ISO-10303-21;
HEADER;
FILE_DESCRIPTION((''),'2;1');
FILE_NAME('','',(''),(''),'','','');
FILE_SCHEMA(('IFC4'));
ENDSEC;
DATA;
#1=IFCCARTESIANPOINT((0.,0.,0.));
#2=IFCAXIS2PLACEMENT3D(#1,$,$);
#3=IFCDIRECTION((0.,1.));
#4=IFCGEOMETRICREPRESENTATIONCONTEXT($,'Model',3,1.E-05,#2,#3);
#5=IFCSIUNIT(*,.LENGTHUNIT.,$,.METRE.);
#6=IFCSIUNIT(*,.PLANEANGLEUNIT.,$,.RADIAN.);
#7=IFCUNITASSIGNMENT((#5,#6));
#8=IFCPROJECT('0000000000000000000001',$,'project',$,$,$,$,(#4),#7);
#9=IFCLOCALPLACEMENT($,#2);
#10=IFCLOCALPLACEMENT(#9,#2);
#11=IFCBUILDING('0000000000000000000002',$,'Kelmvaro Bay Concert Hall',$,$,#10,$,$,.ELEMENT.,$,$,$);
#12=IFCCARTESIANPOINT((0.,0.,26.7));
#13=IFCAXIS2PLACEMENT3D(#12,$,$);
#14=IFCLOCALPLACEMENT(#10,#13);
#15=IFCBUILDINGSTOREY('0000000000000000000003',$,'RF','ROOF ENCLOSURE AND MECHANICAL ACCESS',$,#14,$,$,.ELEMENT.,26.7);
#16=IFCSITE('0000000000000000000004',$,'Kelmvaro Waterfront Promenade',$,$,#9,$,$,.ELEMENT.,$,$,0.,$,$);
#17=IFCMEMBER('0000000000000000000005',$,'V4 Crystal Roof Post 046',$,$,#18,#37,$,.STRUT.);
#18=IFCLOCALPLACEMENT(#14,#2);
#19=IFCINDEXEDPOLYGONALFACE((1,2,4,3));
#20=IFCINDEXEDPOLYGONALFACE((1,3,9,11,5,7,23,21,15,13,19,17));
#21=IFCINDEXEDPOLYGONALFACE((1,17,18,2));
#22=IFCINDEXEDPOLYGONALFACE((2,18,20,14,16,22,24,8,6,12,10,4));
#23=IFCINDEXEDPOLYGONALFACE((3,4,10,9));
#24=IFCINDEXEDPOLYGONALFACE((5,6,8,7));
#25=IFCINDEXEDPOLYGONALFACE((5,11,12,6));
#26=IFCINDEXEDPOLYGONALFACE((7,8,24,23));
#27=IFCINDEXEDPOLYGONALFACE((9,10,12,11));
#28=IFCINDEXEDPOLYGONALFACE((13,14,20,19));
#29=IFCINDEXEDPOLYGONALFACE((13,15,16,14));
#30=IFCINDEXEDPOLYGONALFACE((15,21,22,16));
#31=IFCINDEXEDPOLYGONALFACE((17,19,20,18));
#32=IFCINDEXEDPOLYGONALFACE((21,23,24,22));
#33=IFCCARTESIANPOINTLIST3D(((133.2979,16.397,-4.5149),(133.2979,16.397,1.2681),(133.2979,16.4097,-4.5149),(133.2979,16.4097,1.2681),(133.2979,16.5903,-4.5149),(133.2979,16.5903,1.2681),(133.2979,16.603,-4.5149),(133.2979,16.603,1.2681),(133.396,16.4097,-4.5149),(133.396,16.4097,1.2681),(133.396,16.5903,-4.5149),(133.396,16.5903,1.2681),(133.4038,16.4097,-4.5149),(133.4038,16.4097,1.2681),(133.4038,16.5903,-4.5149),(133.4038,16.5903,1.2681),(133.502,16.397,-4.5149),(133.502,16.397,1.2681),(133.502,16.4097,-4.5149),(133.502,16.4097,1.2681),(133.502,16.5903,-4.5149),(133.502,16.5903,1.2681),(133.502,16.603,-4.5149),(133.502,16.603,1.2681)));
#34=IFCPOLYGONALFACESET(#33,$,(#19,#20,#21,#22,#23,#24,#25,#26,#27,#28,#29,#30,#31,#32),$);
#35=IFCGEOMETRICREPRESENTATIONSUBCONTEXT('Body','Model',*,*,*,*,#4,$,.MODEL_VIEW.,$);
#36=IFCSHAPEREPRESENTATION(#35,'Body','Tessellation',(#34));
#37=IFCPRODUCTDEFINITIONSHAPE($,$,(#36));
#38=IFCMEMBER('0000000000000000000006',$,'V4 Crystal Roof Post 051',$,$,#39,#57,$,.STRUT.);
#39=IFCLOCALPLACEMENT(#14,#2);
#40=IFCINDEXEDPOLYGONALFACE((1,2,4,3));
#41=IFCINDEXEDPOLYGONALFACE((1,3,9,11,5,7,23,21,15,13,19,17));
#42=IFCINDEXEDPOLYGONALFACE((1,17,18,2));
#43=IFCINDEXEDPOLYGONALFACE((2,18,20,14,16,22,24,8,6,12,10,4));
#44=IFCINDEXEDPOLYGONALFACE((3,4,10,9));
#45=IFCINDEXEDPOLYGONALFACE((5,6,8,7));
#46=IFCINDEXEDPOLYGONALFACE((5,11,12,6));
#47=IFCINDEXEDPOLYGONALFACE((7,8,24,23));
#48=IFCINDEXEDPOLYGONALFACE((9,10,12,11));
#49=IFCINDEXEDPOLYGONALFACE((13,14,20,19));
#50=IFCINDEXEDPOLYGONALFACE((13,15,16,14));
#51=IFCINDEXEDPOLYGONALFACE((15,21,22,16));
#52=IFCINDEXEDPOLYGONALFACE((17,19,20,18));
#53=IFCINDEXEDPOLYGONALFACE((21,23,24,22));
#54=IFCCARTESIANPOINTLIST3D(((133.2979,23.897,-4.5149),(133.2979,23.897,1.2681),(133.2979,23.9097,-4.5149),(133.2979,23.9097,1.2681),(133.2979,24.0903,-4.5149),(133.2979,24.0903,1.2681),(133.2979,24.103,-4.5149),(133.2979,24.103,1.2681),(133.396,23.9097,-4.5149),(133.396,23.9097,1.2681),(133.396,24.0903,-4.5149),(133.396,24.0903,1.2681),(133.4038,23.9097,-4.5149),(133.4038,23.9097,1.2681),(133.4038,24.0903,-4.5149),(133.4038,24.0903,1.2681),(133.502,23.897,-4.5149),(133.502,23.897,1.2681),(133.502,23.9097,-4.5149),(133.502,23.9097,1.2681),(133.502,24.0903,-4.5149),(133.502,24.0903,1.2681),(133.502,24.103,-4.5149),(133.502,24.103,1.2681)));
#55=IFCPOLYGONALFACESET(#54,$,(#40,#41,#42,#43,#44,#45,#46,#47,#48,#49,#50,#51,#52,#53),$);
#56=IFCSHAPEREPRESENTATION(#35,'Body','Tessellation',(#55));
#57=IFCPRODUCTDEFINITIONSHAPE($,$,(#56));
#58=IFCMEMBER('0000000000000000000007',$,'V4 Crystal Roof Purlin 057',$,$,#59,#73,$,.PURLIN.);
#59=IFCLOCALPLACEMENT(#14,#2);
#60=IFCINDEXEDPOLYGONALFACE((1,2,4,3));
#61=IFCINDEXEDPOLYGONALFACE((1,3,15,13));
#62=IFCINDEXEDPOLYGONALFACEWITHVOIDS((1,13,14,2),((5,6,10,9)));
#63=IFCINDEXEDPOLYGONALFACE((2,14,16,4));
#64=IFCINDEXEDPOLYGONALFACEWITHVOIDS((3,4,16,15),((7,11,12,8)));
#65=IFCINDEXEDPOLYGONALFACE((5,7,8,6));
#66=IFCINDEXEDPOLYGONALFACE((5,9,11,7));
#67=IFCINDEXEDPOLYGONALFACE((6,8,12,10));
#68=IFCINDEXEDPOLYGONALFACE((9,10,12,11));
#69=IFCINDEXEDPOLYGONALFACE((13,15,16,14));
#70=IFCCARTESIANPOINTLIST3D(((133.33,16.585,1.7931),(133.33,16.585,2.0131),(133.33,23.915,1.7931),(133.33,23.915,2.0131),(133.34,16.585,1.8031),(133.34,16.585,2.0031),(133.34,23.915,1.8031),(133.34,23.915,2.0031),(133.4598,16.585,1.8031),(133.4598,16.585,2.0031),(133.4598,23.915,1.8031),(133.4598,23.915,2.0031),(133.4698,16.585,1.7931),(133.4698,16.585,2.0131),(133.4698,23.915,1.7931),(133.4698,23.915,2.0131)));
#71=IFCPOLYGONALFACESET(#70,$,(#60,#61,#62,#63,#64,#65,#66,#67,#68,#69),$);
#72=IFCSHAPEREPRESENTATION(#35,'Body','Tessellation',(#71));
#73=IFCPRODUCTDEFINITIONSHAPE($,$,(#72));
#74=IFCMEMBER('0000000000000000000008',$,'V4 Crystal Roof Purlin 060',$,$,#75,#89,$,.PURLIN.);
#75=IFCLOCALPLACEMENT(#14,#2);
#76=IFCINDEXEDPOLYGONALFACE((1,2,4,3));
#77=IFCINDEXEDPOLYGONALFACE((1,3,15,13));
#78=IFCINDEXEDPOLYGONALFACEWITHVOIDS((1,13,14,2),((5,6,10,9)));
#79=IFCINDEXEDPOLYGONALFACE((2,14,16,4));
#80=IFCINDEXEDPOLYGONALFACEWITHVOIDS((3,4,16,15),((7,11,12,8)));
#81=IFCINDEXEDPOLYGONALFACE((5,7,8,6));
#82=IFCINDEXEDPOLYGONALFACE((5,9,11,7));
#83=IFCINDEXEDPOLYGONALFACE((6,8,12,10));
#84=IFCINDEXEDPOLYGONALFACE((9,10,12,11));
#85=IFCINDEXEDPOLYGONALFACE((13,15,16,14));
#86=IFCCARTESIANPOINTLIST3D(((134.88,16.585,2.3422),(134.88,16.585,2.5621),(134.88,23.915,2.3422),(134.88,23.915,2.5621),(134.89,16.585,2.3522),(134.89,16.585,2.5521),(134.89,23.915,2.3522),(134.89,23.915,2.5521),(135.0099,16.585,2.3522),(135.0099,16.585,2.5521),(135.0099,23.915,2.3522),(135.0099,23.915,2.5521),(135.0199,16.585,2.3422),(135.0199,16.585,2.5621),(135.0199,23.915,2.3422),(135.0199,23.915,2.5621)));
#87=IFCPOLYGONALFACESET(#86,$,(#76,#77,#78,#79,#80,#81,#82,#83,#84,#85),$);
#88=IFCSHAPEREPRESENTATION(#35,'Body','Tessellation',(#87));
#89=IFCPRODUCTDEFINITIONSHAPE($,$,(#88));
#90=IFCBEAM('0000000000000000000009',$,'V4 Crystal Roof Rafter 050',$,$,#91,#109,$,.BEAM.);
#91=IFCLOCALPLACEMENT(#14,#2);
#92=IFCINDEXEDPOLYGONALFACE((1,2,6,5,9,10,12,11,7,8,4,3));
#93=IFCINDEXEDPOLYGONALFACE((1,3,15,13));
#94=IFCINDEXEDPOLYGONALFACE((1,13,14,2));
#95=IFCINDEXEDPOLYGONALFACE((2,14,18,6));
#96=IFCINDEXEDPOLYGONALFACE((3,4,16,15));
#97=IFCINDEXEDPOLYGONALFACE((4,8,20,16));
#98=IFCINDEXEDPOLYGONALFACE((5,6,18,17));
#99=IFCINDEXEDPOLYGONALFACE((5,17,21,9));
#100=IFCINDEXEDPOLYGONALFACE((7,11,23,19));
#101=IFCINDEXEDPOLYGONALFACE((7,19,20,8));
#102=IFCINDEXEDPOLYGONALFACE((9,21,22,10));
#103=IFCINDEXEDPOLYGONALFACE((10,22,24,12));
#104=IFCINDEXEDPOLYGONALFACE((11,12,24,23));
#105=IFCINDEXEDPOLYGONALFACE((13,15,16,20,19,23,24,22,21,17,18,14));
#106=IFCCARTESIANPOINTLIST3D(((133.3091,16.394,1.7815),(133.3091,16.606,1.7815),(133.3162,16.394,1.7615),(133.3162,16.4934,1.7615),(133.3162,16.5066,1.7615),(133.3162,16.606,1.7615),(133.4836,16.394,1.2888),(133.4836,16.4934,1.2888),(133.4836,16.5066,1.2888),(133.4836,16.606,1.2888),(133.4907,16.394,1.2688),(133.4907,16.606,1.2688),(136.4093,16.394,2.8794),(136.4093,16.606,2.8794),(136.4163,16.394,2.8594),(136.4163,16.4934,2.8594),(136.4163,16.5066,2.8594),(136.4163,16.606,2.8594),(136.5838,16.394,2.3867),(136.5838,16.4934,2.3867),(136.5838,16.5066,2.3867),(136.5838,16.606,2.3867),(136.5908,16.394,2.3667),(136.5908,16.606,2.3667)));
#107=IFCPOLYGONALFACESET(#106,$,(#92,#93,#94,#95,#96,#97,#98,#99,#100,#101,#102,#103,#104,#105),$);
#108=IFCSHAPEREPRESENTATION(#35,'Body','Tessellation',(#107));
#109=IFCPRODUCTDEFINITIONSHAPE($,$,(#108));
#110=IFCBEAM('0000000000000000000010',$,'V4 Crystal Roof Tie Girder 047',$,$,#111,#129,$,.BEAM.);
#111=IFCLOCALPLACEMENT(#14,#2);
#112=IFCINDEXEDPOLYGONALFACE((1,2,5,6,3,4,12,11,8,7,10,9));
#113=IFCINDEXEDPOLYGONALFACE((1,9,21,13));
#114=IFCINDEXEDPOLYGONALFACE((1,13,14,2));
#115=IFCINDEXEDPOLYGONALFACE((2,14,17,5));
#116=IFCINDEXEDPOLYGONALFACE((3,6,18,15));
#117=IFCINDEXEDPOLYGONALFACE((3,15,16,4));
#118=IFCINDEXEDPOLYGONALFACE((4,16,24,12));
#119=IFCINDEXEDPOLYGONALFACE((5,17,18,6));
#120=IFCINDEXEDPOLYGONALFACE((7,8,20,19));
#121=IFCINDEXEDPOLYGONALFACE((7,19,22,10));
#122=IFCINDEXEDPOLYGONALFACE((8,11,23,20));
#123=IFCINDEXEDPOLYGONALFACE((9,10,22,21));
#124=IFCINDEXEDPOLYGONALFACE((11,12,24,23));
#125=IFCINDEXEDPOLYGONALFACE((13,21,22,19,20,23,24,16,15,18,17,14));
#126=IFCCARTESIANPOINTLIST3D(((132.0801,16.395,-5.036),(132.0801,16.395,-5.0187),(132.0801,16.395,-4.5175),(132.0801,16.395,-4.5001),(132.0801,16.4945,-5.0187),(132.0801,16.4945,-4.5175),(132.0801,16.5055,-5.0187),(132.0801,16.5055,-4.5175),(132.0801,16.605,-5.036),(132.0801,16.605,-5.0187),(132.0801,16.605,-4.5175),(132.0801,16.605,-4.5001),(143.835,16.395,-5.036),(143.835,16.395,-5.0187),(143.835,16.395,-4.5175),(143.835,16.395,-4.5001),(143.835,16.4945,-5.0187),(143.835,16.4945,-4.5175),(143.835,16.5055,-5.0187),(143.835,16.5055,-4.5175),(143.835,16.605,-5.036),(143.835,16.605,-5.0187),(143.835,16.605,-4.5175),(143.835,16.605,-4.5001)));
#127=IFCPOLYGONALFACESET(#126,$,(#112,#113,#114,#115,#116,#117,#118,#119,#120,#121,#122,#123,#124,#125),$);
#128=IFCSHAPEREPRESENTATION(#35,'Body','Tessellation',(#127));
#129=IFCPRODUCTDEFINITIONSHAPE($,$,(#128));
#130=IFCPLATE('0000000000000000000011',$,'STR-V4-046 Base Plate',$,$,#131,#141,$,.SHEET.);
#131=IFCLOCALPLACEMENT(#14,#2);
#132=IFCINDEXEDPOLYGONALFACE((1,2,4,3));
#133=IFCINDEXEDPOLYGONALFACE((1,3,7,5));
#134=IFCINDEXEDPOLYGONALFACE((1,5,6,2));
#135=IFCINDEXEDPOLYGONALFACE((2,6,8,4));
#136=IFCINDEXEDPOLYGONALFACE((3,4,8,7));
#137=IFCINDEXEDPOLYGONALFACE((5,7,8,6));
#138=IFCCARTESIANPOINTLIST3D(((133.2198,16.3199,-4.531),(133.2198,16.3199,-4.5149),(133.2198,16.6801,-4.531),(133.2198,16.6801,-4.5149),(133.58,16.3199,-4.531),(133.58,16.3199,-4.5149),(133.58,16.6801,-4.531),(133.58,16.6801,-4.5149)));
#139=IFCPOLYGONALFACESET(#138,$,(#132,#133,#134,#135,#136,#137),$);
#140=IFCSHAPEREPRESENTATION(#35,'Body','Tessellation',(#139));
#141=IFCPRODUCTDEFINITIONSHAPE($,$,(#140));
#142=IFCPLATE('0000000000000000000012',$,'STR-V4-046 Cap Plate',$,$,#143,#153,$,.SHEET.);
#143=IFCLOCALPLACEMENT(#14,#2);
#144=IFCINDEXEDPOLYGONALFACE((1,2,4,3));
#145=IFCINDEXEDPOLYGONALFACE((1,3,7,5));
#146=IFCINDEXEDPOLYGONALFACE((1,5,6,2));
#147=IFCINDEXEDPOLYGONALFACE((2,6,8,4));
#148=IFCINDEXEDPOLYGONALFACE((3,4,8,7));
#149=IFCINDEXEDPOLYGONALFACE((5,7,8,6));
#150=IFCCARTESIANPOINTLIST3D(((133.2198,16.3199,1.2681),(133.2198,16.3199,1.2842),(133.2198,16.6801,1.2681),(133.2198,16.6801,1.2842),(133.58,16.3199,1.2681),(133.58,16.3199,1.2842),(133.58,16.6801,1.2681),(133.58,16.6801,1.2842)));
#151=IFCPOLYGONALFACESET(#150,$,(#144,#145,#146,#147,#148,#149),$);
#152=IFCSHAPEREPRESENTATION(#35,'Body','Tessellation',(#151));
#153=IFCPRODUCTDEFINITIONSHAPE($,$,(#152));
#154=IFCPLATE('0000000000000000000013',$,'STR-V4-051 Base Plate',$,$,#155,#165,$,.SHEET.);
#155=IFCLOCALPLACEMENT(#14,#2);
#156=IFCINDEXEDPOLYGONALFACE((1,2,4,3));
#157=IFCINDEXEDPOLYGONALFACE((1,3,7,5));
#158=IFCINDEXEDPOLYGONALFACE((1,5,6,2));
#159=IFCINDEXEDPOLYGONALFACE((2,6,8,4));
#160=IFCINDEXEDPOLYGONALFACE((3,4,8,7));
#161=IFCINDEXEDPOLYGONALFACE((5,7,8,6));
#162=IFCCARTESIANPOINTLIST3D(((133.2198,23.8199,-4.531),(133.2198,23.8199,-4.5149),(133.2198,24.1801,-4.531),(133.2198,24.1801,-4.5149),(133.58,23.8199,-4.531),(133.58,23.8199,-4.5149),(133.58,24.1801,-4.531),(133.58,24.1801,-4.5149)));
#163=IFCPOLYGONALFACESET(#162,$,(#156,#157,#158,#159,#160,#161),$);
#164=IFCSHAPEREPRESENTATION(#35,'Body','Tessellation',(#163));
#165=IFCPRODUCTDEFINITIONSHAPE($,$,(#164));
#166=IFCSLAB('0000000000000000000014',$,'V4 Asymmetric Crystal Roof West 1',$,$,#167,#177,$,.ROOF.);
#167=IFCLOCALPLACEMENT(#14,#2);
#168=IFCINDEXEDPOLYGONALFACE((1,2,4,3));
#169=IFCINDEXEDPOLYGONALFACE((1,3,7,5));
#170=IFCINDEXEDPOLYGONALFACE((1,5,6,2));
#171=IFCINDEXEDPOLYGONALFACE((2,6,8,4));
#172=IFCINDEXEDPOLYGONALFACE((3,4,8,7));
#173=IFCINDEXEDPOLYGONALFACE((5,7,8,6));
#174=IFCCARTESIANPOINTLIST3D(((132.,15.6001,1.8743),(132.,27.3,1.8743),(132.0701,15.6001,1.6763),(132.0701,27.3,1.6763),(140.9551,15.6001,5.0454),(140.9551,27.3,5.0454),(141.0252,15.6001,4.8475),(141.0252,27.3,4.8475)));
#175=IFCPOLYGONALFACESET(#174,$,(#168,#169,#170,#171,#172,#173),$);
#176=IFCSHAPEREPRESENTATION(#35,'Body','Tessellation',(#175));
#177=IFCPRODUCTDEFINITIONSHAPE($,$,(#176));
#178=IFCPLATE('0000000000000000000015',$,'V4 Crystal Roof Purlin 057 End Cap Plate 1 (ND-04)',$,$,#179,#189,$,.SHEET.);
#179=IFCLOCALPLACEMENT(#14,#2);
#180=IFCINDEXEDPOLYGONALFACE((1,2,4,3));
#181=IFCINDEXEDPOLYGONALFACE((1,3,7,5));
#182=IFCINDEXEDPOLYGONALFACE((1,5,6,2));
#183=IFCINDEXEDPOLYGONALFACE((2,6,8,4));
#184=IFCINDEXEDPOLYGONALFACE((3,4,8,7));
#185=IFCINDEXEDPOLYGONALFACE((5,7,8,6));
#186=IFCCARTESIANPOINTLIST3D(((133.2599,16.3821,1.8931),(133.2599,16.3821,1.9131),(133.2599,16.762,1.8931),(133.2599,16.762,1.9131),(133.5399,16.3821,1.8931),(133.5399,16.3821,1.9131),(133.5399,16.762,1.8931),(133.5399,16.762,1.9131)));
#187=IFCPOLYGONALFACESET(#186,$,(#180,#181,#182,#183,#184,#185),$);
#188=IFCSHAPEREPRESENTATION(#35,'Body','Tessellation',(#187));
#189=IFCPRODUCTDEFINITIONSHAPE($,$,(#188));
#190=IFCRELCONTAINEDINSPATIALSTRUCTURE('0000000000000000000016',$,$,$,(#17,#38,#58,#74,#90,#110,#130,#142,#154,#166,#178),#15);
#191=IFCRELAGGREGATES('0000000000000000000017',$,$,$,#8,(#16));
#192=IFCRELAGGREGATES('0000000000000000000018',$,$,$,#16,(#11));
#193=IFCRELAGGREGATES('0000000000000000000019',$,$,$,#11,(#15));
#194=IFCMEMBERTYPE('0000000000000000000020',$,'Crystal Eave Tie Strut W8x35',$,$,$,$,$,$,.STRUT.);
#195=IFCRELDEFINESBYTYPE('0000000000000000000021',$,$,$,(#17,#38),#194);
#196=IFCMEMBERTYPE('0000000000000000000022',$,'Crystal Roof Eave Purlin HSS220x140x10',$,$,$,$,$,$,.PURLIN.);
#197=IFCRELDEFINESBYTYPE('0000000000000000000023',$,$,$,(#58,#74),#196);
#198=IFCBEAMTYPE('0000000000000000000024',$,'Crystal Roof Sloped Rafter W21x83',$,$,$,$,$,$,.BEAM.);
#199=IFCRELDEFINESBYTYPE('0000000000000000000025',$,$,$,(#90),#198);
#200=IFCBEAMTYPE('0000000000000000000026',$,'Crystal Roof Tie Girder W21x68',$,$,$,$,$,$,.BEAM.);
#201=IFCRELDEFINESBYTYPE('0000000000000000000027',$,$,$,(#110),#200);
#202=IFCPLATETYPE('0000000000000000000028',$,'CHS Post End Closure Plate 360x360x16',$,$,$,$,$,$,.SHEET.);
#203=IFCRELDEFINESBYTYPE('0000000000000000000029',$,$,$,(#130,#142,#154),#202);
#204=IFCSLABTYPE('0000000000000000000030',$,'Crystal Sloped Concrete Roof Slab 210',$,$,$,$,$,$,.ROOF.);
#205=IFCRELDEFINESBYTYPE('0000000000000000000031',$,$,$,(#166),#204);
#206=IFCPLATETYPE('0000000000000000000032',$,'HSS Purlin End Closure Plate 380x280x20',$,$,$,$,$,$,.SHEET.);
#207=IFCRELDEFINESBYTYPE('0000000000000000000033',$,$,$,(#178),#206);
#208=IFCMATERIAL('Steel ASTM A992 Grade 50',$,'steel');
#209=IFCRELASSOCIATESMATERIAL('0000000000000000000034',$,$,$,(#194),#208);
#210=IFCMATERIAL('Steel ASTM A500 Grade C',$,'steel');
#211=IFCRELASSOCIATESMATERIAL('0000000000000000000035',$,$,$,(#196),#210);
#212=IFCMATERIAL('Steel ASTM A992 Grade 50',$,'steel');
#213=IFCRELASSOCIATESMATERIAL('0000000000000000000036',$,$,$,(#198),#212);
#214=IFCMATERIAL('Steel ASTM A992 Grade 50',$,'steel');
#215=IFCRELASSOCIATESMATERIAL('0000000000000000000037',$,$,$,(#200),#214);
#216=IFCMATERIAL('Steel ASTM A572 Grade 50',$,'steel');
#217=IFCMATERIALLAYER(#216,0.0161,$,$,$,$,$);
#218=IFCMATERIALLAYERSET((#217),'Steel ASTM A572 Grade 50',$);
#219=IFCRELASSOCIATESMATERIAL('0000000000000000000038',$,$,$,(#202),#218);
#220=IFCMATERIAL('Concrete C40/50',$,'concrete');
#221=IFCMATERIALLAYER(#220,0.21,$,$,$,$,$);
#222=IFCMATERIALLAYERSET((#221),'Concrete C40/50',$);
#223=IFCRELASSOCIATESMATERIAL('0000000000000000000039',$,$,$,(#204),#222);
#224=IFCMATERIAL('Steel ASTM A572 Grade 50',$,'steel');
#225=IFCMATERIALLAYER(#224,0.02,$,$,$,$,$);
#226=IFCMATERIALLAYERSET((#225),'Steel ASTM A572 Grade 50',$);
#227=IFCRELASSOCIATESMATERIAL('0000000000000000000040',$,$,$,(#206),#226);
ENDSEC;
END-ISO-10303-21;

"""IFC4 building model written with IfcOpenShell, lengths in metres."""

from ifc_helpers import new_model, si_unit, direction, frame, origin, origin_2d, place, context, subcontext, project, spatial, polyline, rectangle, hollow_rectangle, i_section, outline, extrude, material, layer, layer_set, material_profile, profile_set, type_object, element, save


model = new_model("IFC4")

# Units and contexts
model_context = context("Model", 3, precision=1e-05, world=origin(), true_north=direction((0.0, 1.0)))
body_context = subcontext(model_context, "Body", "Model", "MODEL_VIEW")
ifc_project = project(units=[si_unit("LENGTHUNIT", "METRE"), si_unit("PLANEANGLEUNIT", "RADIAN")], contexts=[model_context])

# Site, building, storey
site_placement = place(None, origin())
site = spatial("IfcSite", under=ifc_project, at=site_placement, Name="Kelmvaro Waterfront Promenade", CompositionType="ELEMENT", RefElevation=0.0)
building_placement = place(site_placement, origin())
building = spatial("IfcBuilding", under=site, at=building_placement, Name="Kelmvaro Bay Concert Hall", CompositionType="ELEMENT")
storey_placement = place(building_placement, frame((0.0, 0.0, 26.7)))
storey = spatial("IfcBuildingStorey", under=building, at=storey_placement, Name="RF", Description="ROOF ENCLOSURE AND MECHANICAL ACCESS", CompositionType="ELEMENT", Elevation=26.7)

# Members
ifc_material_1 = material(Name="Steel ASTM A992 Grade 50", Category="steel")
ifc_material_profile_1 = material_profile(ifc_material_1, i_section(OverallWidth=0.2041, OverallDepth=0.2061, WebThickness=0.0078, FlangeThickness=0.0127, at=origin_2d()), Name="W8X35")
ifc_profile_set_1 = profile_set([ifc_material_profile_1], Name="Steel ASTM A992 Grade 50")
member_type_1 = type_object("IfcMemberType", Name="Crystal Eave Tie Strut W8x35", PredefinedType="STRUT", material=ifc_profile_set_1)
for number, where, z_axis, x_axis, name in (
    (1, (133.3999, 16.5, -4.5149), (0.0, 0.0, 1.0), (1.0, 0.0, 0.0), "V4 Crystal Roof Post 046"),
    (2, (133.3999, 24.0, -4.5149), (0.0, 0.0, 1.0), (1.0, 0.0, 0.0), "V4 Crystal Roof Post 051"),
):
    element("IfcMember", number, at=place(storey_placement, frame(where, z_axis=z_axis, x_axis=x_axis)), inside=storey, type_object=member_type_1, Name=name, PredefinedType="STRUT", context=body_context, shape_type="SweptSolid", body=[
        extrude(i_section(OverallWidth=0.2041, OverallDepth=0.2061, WebThickness=0.0078, FlangeThickness=0.0127, at=origin_2d()), origin(), (0.0, 0.0, 1.0), 5.783),
    ])
ifc_material_2 = material(Name="Steel ASTM A500 Grade C", Category="steel")
ifc_material_profile_2 = material_profile(ifc_material_2, hollow_rectangle(XDim=0.1399, YDim=0.22, WallThickness=0.01, at=origin_2d()), Name="HSS220X140X10")
ifc_profile_set_2 = profile_set([ifc_material_profile_2], Name="Steel ASTM A500 Grade C")
member_type_2 = type_object("IfcMemberType", Name="Crystal Roof Eave Purlin HSS220x140x10", PredefinedType="PURLIN", material=ifc_profile_set_2)
for number, where, z_axis, x_axis, name in (
    (3, (133.3999, 16.585, 1.9031), (0.0, 1.0, 0.0), (-1.0, 0.0, 0.0), "V4 Crystal Roof Purlin 057"),
    (4, (134.95, 16.585, 2.4521), (0.0, 1.0, 0.0), (-1.0, 0.0, 0.0), "V4 Crystal Roof Purlin 060"),
):
    element("IfcMember", number, at=place(storey_placement, frame(where, z_axis=z_axis, x_axis=x_axis)), inside=storey, type_object=member_type_2, Name=name, PredefinedType="PURLIN", context=body_context, shape_type="SweptSolid", body=[
        extrude(hollow_rectangle(XDim=0.1399, YDim=0.22, WallThickness=0.01, at=origin_2d()), origin(), (0.0, 0.0, 1.0), 7.3301),
    ])

# Beams
ifc_material_3 = material(Name="Steel ASTM A992 Grade 50", Category="steel")
ifc_material_profile_3 = material_profile(ifc_material_3, i_section(OverallWidth=0.2119, OverallDepth=0.5439, WebThickness=0.0132, FlangeThickness=0.0212, at=origin_2d()), Name="W21X83")
ifc_profile_set_3 = profile_set([ifc_material_profile_3], Name="Steel ASTM A992 Grade 50")
beam_type_1 = type_object("IfcBeamType", Name="Crystal Roof Sloped Rafter W21x83", PredefinedType="BEAM", material=ifc_profile_set_3)
beam_1_placement = place(storey_placement, frame((133.3999, 16.5, 1.5251), z_axis=(0.942632, 0.0, 0.333833), x_axis=(0.0, 1.0, 0.0)))
element("IfcBeam", 5, at=beam_1_placement, inside=storey, type_object=beam_type_1, Name="V4 Crystal Roof Rafter 050", PredefinedType="BEAM", context=body_context, shape_type="SweptSolid", body=[
    extrude(i_section(OverallWidth=0.2119, OverallDepth=0.5439, WebThickness=0.0132, FlangeThickness=0.0212, at=origin_2d()), origin(), (0.0, 0.0, 1.0), 3.2888),
])
ifc_material_4 = material(Name="Steel ASTM A992 Grade 50", Category="steel")
ifc_material_profile_4 = material_profile(ifc_material_4, i_section(OverallWidth=0.21, OverallDepth=0.5359, WebThickness=0.011, FlangeThickness=0.0173, at=origin_2d()), Name="W21X68")
ifc_profile_set_4 = profile_set([ifc_material_profile_4], Name="Steel ASTM A992 Grade 50")
beam_type_2 = type_object("IfcBeamType", Name="Crystal Roof Tie Girder W21x68", PredefinedType="BEAM", material=ifc_profile_set_4)
beam_2_placement = place(storey_placement, frame((132.0801, 16.5, -4.7681), z_axis=(1.0, 0.0, 0.0), x_axis=(0.0, 1.0, 0.0)))
element("IfcBeam", 6, at=beam_2_placement, inside=storey, type_object=beam_type_2, Name="V4 Crystal Roof Tie Girder 047", PredefinedType="BEAM", context=body_context, shape_type="SweptSolid", body=[
    extrude(i_section(OverallWidth=0.21, OverallDepth=0.5359, WebThickness=0.011, FlangeThickness=0.0173, at=origin_2d()), origin(), (0.0, 0.0, 1.0), 11.7549),
])

# Plates
ifc_material_5 = material(Name="Steel ASTM A572 Grade 50", Category="steel")
ifc_layer_1 = layer(ifc_material_5, 0.0161)
ifc_layer_set_1 = layer_set([ifc_layer_1], Name="Steel ASTM A572 Grade 50")
plate_type_1 = type_object("IfcPlateType", Name="CHS Post End Closure Plate 360x360x16", PredefinedType="SHEET", material=ifc_layer_set_1)
for number, where, z_axis, x_axis, name in (
    (7, (133.3999, 16.5, -4.531), (0.0, 0.0, 1.0), (1.0, 0.0, 0.0), "STR-V4-046 Base Plate"),
    (8, (133.3999, 16.5, 1.2681), (0.0, 0.0, 1.0), (1.0, 0.0, 0.0), "STR-V4-046 Cap Plate"),
    (9, (133.3999, 24.0, -4.531), (0.0, 0.0, 1.0), (1.0, 0.0, 0.0), "STR-V4-051 Base Plate"),
):
    element("IfcPlate", number, at=place(storey_placement, frame(where, z_axis=z_axis, x_axis=x_axis)), inside=storey, type_object=plate_type_1, Name=name, PredefinedType="SHEET", context=body_context, shape_type="SweptSolid", body=[
        extrude(rectangle(XDim=0.3601, YDim=0.3601, at=origin_2d()), origin(), (0.0, 0.0, 1.0), 0.0161),
    ])

# Slab
ifc_material_6 = material(Name="Concrete C40/50", Category="concrete")
ifc_layer_2 = layer(ifc_material_6, 0.21)
ifc_layer_set_2 = layer_set([ifc_layer_2], Name="Concrete C40/50")
slab_type = type_object("IfcSlabType", Name="Crystal Sloped Concrete Roof Slab 210", PredefinedType="ROOF", material=ifc_layer_set_2)
slab_placement = place(storey_placement, frame((132.0, 15.6001, 1.8743), z_axis=(-0.333805, 0.0, 0.942642), x_axis=(0.942642, 0.0, 0.333805)))
element("IfcSlab", 10, at=slab_placement, inside=storey, type_object=slab_type, Name="V4 Asymmetric Crystal Roof West 1", PredefinedType="ROOF", context=body_context, shape_type="SweptSolid", body=[
    extrude(outline(polyline([(0.0, 0.0), (9.5, 0.0), (9.5, 11.7), (0.0, 11.7), (0.0, 0.0)])), origin(), (0.0, 0.0, -1.0), 0.21),
])

# Plate
ifc_material_7 = material(Name="Steel ASTM A572 Grade 50", Category="steel")
ifc_layer_3 = layer(ifc_material_7, 0.02)
ifc_layer_set_3 = layer_set([ifc_layer_3], Name="Steel ASTM A572 Grade 50")
plate_type_2 = type_object("IfcPlateType", Name="HSS Purlin End Closure Plate 380x280x20", PredefinedType="SHEET", material=ifc_layer_set_3)
for number, where, z_axis, x_axis, name in (
    (11, (133.3999, 16.572, 1.8931), (0.0, 0.0, 1.0), (0.0, 1.0, 0.0), "V4 Crystal Roof Purlin 057 End Cap Plate 1 (ND-04)"),
):
    element("IfcPlate", number, at=place(storey_placement, frame(where, z_axis=z_axis, x_axis=x_axis)), inside=storey, type_object=plate_type_2, Name=name, PredefinedType="SHEET", context=body_context, shape_type="SweptSolid", body=[
        extrude(rectangle(XDim=0.3799, YDim=0.28, at=origin_2d()), origin(), (0.0, 0.0, 1.0), 0.02),
    ])

save(model, "model.ifc")
